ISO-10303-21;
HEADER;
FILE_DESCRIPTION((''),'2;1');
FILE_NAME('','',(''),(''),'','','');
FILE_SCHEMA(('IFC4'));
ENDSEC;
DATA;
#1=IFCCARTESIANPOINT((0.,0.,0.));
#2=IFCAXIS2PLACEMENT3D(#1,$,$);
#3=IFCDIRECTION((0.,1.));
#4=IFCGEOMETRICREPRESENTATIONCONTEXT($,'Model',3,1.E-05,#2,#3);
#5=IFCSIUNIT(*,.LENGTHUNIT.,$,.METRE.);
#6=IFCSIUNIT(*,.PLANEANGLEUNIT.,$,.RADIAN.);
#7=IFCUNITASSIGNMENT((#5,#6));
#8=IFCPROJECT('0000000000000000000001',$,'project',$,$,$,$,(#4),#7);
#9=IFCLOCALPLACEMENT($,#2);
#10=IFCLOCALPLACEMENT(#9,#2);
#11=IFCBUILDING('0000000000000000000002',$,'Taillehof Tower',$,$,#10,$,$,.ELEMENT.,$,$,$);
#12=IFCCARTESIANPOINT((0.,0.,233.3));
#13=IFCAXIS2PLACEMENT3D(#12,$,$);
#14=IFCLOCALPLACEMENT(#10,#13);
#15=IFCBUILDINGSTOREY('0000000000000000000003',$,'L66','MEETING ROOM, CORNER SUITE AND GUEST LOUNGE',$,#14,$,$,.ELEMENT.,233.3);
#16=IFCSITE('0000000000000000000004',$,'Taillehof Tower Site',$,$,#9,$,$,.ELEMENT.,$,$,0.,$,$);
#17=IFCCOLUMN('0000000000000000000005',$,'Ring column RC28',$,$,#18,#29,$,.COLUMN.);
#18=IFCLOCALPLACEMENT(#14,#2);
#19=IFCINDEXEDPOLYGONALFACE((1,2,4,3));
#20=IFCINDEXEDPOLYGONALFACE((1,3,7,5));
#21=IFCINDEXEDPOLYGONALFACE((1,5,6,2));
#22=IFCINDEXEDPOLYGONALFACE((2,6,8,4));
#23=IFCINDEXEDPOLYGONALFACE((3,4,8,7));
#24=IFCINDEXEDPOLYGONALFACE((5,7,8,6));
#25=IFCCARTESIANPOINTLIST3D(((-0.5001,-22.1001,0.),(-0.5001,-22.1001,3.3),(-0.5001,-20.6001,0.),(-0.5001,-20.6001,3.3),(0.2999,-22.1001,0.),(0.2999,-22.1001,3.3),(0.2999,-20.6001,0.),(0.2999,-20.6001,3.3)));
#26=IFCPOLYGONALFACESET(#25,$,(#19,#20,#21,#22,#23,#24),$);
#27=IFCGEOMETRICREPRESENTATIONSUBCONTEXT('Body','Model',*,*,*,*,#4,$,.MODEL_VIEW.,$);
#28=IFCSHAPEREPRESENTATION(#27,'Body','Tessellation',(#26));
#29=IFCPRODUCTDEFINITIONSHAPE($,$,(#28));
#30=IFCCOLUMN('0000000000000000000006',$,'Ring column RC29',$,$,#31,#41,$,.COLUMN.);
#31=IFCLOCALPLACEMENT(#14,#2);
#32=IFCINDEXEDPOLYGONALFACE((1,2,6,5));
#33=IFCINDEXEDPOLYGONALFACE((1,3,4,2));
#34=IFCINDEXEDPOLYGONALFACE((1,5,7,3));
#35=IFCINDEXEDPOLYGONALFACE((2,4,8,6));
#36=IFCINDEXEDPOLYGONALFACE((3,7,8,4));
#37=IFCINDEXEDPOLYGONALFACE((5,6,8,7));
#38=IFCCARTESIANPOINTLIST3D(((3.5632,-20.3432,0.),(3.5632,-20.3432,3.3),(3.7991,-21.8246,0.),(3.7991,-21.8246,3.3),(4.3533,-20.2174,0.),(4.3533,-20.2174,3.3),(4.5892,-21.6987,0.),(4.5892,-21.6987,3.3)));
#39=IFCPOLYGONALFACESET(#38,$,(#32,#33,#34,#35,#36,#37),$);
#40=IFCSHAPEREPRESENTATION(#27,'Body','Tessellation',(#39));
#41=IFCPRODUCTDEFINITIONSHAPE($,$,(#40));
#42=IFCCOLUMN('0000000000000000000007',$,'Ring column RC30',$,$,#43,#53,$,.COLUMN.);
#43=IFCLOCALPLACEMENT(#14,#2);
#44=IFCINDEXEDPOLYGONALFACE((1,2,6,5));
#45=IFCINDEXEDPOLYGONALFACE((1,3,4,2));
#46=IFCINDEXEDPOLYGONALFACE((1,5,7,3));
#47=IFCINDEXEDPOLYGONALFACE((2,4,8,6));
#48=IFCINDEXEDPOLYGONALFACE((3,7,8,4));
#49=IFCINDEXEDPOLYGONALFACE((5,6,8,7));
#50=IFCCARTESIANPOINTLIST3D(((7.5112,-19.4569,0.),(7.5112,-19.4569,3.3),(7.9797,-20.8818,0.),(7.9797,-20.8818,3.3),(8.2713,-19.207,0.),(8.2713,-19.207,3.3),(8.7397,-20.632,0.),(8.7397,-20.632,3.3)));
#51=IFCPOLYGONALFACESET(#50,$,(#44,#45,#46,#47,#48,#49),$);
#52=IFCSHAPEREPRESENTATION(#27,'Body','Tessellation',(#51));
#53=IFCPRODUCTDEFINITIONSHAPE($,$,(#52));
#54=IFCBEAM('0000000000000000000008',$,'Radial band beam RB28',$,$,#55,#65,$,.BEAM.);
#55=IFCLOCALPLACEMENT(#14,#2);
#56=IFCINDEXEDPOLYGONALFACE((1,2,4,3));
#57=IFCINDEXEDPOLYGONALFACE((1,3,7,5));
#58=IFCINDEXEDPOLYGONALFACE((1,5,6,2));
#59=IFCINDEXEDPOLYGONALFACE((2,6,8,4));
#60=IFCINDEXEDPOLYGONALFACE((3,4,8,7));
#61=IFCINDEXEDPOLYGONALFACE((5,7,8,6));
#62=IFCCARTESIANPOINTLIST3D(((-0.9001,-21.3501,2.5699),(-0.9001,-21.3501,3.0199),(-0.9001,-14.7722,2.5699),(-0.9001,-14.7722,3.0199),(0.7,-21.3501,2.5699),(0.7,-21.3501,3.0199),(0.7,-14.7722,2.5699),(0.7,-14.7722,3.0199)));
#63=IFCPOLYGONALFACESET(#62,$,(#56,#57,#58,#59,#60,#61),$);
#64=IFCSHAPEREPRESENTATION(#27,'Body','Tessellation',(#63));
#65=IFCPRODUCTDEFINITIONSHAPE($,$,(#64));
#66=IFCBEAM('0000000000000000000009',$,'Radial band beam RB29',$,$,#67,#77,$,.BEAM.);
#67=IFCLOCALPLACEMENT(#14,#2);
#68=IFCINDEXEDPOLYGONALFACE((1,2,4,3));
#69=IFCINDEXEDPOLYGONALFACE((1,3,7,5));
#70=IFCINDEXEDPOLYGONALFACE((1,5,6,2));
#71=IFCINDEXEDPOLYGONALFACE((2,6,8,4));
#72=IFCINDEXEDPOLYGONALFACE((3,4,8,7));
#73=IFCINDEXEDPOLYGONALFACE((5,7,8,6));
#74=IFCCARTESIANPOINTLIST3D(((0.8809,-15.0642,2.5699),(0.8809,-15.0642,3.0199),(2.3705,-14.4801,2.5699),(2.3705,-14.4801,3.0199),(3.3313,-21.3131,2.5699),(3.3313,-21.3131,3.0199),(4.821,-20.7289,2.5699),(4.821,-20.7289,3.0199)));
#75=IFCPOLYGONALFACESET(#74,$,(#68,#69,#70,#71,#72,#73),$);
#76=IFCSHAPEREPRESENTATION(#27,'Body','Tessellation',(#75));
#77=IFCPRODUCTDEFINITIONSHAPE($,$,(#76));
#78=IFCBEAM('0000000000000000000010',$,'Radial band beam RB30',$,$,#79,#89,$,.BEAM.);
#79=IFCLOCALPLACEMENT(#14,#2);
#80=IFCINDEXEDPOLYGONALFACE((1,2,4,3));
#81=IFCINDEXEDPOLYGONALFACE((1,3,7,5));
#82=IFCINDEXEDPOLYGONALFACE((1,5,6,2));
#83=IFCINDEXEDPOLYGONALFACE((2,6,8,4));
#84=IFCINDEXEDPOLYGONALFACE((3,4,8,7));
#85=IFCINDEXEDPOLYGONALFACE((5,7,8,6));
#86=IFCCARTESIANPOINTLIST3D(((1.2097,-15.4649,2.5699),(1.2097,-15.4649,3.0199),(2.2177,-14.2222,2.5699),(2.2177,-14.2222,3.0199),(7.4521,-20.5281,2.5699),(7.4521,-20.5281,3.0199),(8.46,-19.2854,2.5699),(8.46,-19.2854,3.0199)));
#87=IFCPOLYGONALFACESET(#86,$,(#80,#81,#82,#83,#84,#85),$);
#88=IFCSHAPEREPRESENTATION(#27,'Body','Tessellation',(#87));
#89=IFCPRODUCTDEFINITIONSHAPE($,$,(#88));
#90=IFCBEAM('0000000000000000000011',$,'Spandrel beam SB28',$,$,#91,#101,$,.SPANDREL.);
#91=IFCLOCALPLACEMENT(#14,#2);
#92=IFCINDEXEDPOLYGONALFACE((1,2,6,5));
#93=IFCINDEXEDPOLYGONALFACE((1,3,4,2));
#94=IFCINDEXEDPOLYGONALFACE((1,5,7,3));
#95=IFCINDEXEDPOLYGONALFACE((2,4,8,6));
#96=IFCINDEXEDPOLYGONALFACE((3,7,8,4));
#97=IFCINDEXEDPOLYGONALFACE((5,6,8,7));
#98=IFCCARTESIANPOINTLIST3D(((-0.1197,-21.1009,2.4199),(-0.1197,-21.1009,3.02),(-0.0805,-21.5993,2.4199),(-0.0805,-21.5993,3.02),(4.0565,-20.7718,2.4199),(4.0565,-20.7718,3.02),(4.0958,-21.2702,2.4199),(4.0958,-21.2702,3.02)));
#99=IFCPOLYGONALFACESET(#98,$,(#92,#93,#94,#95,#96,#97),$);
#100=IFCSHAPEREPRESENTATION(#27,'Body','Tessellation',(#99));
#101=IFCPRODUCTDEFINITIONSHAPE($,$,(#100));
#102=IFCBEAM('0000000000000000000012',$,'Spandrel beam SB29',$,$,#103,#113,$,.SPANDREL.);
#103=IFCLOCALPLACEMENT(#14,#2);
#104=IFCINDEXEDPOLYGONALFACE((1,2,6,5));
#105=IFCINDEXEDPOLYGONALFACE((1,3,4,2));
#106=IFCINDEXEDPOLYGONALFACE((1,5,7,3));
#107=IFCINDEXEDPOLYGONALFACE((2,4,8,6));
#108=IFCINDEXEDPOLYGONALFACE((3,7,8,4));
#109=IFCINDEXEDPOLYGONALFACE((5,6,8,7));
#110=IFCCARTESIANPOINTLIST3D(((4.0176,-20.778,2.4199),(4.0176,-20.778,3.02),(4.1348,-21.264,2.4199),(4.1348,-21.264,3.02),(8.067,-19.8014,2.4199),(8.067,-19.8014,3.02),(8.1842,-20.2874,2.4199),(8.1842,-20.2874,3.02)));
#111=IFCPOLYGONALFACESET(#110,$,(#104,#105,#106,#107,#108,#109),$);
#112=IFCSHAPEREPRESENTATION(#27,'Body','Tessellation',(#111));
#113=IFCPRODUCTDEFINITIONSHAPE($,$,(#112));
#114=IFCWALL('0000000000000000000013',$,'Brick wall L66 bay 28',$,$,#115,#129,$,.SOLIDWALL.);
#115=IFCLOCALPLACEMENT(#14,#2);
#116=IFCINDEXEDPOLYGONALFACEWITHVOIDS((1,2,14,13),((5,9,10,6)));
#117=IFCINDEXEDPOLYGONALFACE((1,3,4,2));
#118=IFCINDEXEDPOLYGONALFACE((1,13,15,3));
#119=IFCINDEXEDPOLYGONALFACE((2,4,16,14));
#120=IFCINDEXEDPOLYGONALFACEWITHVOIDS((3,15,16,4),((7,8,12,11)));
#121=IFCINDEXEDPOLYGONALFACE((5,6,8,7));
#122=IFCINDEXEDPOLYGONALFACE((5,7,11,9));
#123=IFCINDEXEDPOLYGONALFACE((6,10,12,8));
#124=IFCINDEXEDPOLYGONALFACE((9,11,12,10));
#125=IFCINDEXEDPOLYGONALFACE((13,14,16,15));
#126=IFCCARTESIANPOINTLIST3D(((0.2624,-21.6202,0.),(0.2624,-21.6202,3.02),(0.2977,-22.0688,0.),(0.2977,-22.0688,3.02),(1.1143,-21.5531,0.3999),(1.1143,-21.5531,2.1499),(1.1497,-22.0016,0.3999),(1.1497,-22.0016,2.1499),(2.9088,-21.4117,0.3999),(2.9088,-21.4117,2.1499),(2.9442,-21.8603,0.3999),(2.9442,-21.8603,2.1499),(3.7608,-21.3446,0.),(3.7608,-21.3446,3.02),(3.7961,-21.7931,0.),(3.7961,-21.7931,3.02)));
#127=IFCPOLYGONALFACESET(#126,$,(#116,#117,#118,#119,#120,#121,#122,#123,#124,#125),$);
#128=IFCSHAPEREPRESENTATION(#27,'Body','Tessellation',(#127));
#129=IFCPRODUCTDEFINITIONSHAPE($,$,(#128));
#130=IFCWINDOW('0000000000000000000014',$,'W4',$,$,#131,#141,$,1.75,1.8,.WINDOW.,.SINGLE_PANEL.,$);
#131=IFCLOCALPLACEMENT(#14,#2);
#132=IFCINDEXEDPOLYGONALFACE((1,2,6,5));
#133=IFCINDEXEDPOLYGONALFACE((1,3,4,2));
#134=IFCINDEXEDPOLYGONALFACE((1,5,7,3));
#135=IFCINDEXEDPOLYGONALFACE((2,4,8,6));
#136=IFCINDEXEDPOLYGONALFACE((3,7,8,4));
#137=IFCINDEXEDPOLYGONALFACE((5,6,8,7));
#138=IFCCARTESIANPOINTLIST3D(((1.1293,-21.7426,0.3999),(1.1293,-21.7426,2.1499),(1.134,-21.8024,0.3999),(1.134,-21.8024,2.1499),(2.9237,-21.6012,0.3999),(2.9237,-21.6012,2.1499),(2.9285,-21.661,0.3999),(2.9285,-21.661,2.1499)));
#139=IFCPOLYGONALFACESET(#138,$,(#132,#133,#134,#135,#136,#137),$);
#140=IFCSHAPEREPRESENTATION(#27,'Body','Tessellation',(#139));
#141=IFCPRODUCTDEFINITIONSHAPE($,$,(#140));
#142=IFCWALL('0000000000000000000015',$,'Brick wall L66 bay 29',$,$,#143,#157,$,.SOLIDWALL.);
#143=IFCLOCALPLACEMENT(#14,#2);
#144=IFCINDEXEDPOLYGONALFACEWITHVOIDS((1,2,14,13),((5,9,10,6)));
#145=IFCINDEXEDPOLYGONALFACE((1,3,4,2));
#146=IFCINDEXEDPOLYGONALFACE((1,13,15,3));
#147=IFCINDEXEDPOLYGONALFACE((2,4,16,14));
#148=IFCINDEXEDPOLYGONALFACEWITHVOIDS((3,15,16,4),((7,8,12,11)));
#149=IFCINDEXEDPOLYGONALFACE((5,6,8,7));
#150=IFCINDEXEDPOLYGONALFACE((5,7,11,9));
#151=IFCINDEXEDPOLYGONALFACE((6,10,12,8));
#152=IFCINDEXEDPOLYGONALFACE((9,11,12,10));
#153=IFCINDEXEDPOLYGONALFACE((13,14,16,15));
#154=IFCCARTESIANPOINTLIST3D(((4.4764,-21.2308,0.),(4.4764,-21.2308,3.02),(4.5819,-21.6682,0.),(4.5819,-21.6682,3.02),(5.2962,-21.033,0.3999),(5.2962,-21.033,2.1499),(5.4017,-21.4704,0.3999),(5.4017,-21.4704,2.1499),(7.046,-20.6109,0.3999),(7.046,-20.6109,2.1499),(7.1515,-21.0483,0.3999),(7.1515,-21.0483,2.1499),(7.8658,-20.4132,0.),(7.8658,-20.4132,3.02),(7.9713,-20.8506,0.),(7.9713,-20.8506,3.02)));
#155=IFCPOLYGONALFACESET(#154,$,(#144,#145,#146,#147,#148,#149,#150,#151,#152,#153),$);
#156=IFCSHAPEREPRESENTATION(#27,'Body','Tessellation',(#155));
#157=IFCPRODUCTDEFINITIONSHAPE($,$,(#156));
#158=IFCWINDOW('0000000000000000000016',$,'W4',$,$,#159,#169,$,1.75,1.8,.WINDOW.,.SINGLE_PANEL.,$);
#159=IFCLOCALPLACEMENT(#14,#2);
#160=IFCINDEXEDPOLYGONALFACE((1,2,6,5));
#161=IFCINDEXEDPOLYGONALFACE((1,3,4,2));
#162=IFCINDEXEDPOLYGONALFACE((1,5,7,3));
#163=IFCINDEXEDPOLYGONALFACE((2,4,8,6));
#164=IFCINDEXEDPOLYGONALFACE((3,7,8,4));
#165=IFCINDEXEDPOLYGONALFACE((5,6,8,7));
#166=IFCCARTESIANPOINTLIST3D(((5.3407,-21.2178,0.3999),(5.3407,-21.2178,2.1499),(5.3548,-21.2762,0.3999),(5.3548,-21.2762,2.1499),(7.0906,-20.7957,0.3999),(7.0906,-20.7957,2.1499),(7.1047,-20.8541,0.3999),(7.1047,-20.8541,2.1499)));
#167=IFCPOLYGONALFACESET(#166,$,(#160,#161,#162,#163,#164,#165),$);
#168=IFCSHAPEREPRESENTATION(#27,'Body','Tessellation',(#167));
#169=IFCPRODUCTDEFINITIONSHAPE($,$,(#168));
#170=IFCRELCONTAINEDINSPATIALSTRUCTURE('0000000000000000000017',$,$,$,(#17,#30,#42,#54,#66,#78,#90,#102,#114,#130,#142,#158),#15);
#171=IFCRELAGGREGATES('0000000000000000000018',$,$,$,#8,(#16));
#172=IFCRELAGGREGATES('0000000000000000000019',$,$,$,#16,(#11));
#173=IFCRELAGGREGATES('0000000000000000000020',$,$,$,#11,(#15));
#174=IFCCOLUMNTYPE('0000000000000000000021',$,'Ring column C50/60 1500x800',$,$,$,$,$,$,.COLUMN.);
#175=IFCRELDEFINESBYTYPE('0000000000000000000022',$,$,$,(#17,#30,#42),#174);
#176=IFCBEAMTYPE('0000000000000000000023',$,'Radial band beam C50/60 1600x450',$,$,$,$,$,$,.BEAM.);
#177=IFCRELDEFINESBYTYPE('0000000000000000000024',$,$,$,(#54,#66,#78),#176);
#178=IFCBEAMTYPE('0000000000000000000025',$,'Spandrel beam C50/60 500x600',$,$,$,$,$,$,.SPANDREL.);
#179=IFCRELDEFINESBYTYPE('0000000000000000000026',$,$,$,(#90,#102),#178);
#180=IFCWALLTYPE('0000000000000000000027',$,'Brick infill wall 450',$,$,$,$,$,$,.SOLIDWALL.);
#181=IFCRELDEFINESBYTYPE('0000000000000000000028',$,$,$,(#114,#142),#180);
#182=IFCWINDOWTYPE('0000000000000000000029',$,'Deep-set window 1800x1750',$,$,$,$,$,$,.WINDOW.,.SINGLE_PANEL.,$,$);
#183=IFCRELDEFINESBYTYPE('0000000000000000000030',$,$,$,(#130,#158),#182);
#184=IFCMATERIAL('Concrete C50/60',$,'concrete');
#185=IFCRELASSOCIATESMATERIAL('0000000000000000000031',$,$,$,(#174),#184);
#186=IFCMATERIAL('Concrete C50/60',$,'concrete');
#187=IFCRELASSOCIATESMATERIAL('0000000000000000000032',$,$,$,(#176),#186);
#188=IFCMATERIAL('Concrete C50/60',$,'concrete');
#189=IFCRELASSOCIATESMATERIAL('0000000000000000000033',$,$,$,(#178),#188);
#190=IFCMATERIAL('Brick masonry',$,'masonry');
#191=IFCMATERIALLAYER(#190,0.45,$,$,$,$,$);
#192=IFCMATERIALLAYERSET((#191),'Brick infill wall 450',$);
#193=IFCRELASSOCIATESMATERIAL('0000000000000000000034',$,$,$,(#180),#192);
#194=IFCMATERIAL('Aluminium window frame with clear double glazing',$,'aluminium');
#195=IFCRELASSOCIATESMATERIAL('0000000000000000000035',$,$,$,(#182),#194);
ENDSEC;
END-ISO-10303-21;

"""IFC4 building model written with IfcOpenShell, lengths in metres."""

from ifc_helpers import new_model, si_unit, direction, frame, frame_2d, origin, origin_2d, place, context, subcontext, project, spatial, rectangle, extrude, material, layer, layer_set, material_profile, profile_set, type_object, element, fill, save


model = new_model("IFC4")

# Units and contexts
model_context = context("Model", 3, precision=1e-05, world=origin(), true_north=direction((0.0, 1.0)))
body_context = subcontext(model_context, "Body", "Model", "MODEL_VIEW")
ifc_project = project(units=[si_unit("LENGTHUNIT", "METRE"), si_unit("PLANEANGLEUNIT", "RADIAN")], contexts=[model_context])

# Site, building, storey
site_placement = place(None, origin())
site = spatial("IfcSite", under=ifc_project, at=site_placement, Name="Taillehof Tower Site", CompositionType="ELEMENT", RefElevation=0.0)
building_placement = place(site_placement, origin())
building = spatial("IfcBuilding", under=site, at=building_placement, Name="Taillehof Tower", CompositionType="ELEMENT")
storey_placement = place(building_placement, frame((0.0, 0.0, 233.3)))
storey = spatial("IfcBuildingStorey", under=building, at=storey_placement, Name="L66", Description="MEETING ROOM, CORNER SUITE AND GUEST LOUNGE", CompositionType="ELEMENT", Elevation=233.3)

# Columns
ifc_material_1 = material(Name="Concrete C50/60", Category="concrete")
ifc_material_profile_1 = material_profile(ifc_material_1, rectangle(XDim=1.5, YDim=0.8, at=origin_2d()), Name="RC 1500x800")
ifc_profile_set_1 = profile_set([ifc_material_profile_1], Name="Concrete C50/60")
column_type = type_object("IfcColumnType", Name="Ring column C50/60 1500x800", PredefinedType="COLUMN", material=ifc_profile_set_1)
for number, where, z_axis, x_axis, name in (
    (1, (-0.1001, -21.3501, 0.0), (0.0, 0.0, 1.0), (0.0, -1.0, 0.0), "Ring column RC28"),
    (2, (4.0762, -21.021, 0.0), (0.0, 0.0, 1.0), (0.157281, -0.987554, 0.0), "Ring column RC29"),
    (3, (8.1255, -20.0444, 0.0), (0.0, 0.0, 1.0), (0.312304, -0.949982, 0.0), "Ring column RC30"),
):
    element("IfcColumn", number, at=place(storey_placement, frame(where, z_axis=z_axis, x_axis=x_axis)), inside=storey, type_object=column_type, Name=name, PredefinedType="COLUMN", context=body_context, shape_type="SweptSolid", body=[
        extrude(rectangle(XDim=1.5, YDim=0.8, at=origin_2d()), origin(), (0.0, 0.0, 1.0), 3.3),
    ])

# Beams
ifc_material_2 = material(Name="Concrete C50/60", Category="concrete")
ifc_material_profile_2 = material_profile(ifc_material_2, rectangle(XDim=1.6001, YDim=0.45, at=origin_2d()), Name="RC 1600x450")
ifc_profile_set_2 = profile_set([ifc_material_profile_2], Name="Concrete C50/60")
beam_type_1 = type_object("IfcBeamType", Name="Radial band beam C50/60 1600x450", PredefinedType="BEAM", material=ifc_profile_set_2)
beam_1_placement = place(storey_placement, frame((-0.1001, -21.3501, 2.7949), z_axis=(0.0, 1.0, 0.0), x_axis=(-1.0, 0.0, 0.0)))
element("IfcBeam", 4, at=beam_1_placement, inside=storey, type_object=beam_type_1, Name="Radial band beam RB28", PredefinedType="BEAM", context=body_context, shape_type="SweptSolid", body=[
    extrude(rectangle(XDim=1.6001, YDim=0.45, at=origin_2d()), origin(), (0.0, 0.0, 1.0), 6.5779),
])
beam_2_placement = place(storey_placement, frame((4.0762, -21.021, 2.7949), z_axis=(-0.365079, 0.930976, 0.0), x_axis=(-0.930976, -0.365079, 0.0)))
element("IfcBeam", 5, at=beam_2_placement, inside=storey, type_object=beam_type_1, Name="Radial band beam RB29", PredefinedType="BEAM", context=body_context, shape_type="SweptSolid", body=[
    extrude(rectangle(XDim=1.6001, YDim=0.45, at=origin_2d()), origin(), (0.0, 0.0, 1.0), 6.7122),
])
beam_3_placement = place(storey_placement, frame((7.9561, -19.9067, 2.7949), z_axis=(-0.776646, 0.629937, 0.0), x_axis=(-0.629937, -0.776646, 0.0)))
element("IfcBeam", 6, at=beam_3_placement, inside=storey, type_object=beam_type_1, Name="Radial band beam RB30", PredefinedType="BEAM", context=body_context, shape_type="SweptSolid", body=[
    extrude(rectangle(XDim=1.6001, YDim=0.45, at=origin_2d()), origin(), (0.0, 0.0, 1.0), 8.0376),
])
ifc_material_3 = material(Name="Concrete C50/60", Category="concrete")
ifc_material_profile_3 = material_profile(ifc_material_3, rectangle(XDim=0.5, YDim=0.6001, at=origin_2d()), Name="RC 500x600")
ifc_profile_set_3 = profile_set([ifc_material_profile_3], Name="Concrete C50/60")
beam_type_2 = type_object("IfcBeamType", Name="Spandrel beam C50/60 500x600", PredefinedType="SPANDREL", material=ifc_profile_set_3)
beam_4_placement = place(storey_placement, frame((-0.1001, -21.3501, 2.72), z_axis=(0.996909, 0.078559, 0.0), x_axis=(-0.078559, 0.996909, 0.0)))
element("IfcBeam", 7, at=beam_4_placement, inside=storey, type_object=beam_type_2, Name="Spandrel beam SB28", PredefinedType="SPANDREL", context=body_context, shape_type="SweptSolid", body=[
    extrude(rectangle(XDim=0.5, YDim=0.6001, at=origin_2d()), origin(), (0.0, 0.0, 1.0), 4.1892),
])
beam_5_placement = place(storey_placement, frame((4.0762, -21.021, 2.72), z_axis=(0.972129, 0.234446, 0.0), x_axis=(-0.234446, 0.972129, 0.0)))
element("IfcBeam", 8, at=beam_5_placement, inside=storey, type_object=beam_type_2, Name="Spandrel beam SB29", PredefinedType="SPANDREL", context=body_context, shape_type="SweptSolid", body=[
    extrude(rectangle(XDim=0.5, YDim=0.6001, at=origin_2d()), origin(), (0.0, 0.0, 1.0), 4.1655),
])

# Walls, openings, windows
ifc_material_4 = material(Name="Brick masonry", Category="masonry")
ifc_layer = layer(ifc_material_4, 0.45)
ifc_layer_set = layer_set([ifc_layer], Name="Brick infill wall 450")
wall_type = type_object("IfcWallType", Name="Brick infill wall 450", PredefinedType="SOLIDWALL", material=ifc_layer_set)
wall_1_placement = place(storey_placement, frame((0.28, -21.8445, 0.0), z_axis=(0.0, 0.0, 1.0), x_axis=(0.996911, 0.078542, 0.0)))
wall_1 = element("IfcWall", 9, at=wall_1_placement, inside=storey, type_object=wall_type, Name="Brick wall L66 bay 28", PredefinedType="SOLIDWALL", context=body_context, shape_type="SweptSolid", body=[
    extrude(rectangle(XDim=3.5093, YDim=0.45, at=frame_2d((1.7546, 0.0))), origin(), (0.0, 0.0, 1.0), 3.02),
])
opening_1_placement = place(wall_1_placement, frame((0.8547, 0.0, 0.3999)))
opening_1 = element("IfcOpeningElement", 10, at=opening_1_placement, cuts=wall_1, PredefinedType="OPENING", context=body_context, shape_type="SweptSolid", body=[
    extrude(rectangle(XDim=1.8, YDim=1.75, at=frame_2d((0.8999, 0.875))), frame((0.0, 0.2349, 0.0), z_axis=(0.0, -1.0, 0.0), x_axis=(1.0, 0.0, 0.0)), (0.0, 0.0, 1.0), 0.47),
])
ifc_material_5 = material(Name="Aluminium window frame with clear double glazing", Category="aluminium")
window_type = type_object("IfcWindowType", Name="Deep-set window 1800x1750", PartitioningType="SINGLE_PANEL", PredefinedType="WINDOW", material=ifc_material_5)
window_1_placement = place(opening_1_placement, origin())
window_1 = element("IfcWindow", 11, at=window_1_placement, inside=storey, type_object=window_type, Name="W4", OverallHeight=1.75, OverallWidth=1.8, PartitioningType="SINGLE_PANEL", PredefinedType="WINDOW", context=body_context, shape_type="SweptSolid", body=[
    extrude(rectangle(XDim=1.8, YDim=1.75, at=frame_2d((0.8999, 0.875))), frame((0.0, 0.0349, 0.0), z_axis=(0.0, -1.0, 0.0), x_axis=(1.0, 0.0, 0.0)), (0.0, 0.0, 1.0), 0.0601),
])
fill(opening_1, window_1)
wall_2_placement = place(storey_placement, frame((4.5293, -21.4495, 0.0), z_axis=(0.0, 0.0, 1.0), x_axis=(0.972115, 0.234504, 0.0)))
wall_2 = element("IfcWall", 12, at=wall_2_placement, inside=storey, type_object=wall_type, Name="Brick wall L66 bay 29", PredefinedType="SOLIDWALL", context=body_context, shape_type="SweptSolid", body=[
    extrude(rectangle(XDim=3.4866, YDim=0.45, at=frame_2d((1.7432, 0.0))), origin(), (0.0, 0.0, 1.0), 3.02),
])
opening_2_placement = place(wall_2_placement, frame((0.8433, 0.0, 0.3999)))
opening_2 = element("IfcOpeningElement", 13, at=opening_2_placement, cuts=wall_2, PredefinedType="OPENING", context=body_context, shape_type="SweptSolid", body=[
    extrude(rectangle(XDim=1.8, YDim=1.75, at=frame_2d((0.8999, 0.875))), frame((0.0, 0.2349, 0.0), z_axis=(0.0, -1.0, 0.0), x_axis=(1.0, 0.0, 0.0)), (0.0, 0.0, 1.0), 0.47),
])
window_2_placement = place(opening_2_placement, origin())
window_2 = element("IfcWindow", 14, at=window_2_placement, inside=storey, type_object=window_type, Name="W4", OverallHeight=1.75, OverallWidth=1.8, PartitioningType="SINGLE_PANEL", PredefinedType="WINDOW", context=body_context, shape_type="SweptSolid", body=[
    extrude(rectangle(XDim=1.8, YDim=1.75, at=frame_2d((0.8999, 0.875))), frame((0.0, 0.0349, 0.0), z_axis=(0.0, -1.0, 0.0), x_axis=(1.0, 0.0, 0.0)), (0.0, 0.0, 1.0), 0.0601),
])
fill(opening_2, window_2)

save(model, "model.ifc")
